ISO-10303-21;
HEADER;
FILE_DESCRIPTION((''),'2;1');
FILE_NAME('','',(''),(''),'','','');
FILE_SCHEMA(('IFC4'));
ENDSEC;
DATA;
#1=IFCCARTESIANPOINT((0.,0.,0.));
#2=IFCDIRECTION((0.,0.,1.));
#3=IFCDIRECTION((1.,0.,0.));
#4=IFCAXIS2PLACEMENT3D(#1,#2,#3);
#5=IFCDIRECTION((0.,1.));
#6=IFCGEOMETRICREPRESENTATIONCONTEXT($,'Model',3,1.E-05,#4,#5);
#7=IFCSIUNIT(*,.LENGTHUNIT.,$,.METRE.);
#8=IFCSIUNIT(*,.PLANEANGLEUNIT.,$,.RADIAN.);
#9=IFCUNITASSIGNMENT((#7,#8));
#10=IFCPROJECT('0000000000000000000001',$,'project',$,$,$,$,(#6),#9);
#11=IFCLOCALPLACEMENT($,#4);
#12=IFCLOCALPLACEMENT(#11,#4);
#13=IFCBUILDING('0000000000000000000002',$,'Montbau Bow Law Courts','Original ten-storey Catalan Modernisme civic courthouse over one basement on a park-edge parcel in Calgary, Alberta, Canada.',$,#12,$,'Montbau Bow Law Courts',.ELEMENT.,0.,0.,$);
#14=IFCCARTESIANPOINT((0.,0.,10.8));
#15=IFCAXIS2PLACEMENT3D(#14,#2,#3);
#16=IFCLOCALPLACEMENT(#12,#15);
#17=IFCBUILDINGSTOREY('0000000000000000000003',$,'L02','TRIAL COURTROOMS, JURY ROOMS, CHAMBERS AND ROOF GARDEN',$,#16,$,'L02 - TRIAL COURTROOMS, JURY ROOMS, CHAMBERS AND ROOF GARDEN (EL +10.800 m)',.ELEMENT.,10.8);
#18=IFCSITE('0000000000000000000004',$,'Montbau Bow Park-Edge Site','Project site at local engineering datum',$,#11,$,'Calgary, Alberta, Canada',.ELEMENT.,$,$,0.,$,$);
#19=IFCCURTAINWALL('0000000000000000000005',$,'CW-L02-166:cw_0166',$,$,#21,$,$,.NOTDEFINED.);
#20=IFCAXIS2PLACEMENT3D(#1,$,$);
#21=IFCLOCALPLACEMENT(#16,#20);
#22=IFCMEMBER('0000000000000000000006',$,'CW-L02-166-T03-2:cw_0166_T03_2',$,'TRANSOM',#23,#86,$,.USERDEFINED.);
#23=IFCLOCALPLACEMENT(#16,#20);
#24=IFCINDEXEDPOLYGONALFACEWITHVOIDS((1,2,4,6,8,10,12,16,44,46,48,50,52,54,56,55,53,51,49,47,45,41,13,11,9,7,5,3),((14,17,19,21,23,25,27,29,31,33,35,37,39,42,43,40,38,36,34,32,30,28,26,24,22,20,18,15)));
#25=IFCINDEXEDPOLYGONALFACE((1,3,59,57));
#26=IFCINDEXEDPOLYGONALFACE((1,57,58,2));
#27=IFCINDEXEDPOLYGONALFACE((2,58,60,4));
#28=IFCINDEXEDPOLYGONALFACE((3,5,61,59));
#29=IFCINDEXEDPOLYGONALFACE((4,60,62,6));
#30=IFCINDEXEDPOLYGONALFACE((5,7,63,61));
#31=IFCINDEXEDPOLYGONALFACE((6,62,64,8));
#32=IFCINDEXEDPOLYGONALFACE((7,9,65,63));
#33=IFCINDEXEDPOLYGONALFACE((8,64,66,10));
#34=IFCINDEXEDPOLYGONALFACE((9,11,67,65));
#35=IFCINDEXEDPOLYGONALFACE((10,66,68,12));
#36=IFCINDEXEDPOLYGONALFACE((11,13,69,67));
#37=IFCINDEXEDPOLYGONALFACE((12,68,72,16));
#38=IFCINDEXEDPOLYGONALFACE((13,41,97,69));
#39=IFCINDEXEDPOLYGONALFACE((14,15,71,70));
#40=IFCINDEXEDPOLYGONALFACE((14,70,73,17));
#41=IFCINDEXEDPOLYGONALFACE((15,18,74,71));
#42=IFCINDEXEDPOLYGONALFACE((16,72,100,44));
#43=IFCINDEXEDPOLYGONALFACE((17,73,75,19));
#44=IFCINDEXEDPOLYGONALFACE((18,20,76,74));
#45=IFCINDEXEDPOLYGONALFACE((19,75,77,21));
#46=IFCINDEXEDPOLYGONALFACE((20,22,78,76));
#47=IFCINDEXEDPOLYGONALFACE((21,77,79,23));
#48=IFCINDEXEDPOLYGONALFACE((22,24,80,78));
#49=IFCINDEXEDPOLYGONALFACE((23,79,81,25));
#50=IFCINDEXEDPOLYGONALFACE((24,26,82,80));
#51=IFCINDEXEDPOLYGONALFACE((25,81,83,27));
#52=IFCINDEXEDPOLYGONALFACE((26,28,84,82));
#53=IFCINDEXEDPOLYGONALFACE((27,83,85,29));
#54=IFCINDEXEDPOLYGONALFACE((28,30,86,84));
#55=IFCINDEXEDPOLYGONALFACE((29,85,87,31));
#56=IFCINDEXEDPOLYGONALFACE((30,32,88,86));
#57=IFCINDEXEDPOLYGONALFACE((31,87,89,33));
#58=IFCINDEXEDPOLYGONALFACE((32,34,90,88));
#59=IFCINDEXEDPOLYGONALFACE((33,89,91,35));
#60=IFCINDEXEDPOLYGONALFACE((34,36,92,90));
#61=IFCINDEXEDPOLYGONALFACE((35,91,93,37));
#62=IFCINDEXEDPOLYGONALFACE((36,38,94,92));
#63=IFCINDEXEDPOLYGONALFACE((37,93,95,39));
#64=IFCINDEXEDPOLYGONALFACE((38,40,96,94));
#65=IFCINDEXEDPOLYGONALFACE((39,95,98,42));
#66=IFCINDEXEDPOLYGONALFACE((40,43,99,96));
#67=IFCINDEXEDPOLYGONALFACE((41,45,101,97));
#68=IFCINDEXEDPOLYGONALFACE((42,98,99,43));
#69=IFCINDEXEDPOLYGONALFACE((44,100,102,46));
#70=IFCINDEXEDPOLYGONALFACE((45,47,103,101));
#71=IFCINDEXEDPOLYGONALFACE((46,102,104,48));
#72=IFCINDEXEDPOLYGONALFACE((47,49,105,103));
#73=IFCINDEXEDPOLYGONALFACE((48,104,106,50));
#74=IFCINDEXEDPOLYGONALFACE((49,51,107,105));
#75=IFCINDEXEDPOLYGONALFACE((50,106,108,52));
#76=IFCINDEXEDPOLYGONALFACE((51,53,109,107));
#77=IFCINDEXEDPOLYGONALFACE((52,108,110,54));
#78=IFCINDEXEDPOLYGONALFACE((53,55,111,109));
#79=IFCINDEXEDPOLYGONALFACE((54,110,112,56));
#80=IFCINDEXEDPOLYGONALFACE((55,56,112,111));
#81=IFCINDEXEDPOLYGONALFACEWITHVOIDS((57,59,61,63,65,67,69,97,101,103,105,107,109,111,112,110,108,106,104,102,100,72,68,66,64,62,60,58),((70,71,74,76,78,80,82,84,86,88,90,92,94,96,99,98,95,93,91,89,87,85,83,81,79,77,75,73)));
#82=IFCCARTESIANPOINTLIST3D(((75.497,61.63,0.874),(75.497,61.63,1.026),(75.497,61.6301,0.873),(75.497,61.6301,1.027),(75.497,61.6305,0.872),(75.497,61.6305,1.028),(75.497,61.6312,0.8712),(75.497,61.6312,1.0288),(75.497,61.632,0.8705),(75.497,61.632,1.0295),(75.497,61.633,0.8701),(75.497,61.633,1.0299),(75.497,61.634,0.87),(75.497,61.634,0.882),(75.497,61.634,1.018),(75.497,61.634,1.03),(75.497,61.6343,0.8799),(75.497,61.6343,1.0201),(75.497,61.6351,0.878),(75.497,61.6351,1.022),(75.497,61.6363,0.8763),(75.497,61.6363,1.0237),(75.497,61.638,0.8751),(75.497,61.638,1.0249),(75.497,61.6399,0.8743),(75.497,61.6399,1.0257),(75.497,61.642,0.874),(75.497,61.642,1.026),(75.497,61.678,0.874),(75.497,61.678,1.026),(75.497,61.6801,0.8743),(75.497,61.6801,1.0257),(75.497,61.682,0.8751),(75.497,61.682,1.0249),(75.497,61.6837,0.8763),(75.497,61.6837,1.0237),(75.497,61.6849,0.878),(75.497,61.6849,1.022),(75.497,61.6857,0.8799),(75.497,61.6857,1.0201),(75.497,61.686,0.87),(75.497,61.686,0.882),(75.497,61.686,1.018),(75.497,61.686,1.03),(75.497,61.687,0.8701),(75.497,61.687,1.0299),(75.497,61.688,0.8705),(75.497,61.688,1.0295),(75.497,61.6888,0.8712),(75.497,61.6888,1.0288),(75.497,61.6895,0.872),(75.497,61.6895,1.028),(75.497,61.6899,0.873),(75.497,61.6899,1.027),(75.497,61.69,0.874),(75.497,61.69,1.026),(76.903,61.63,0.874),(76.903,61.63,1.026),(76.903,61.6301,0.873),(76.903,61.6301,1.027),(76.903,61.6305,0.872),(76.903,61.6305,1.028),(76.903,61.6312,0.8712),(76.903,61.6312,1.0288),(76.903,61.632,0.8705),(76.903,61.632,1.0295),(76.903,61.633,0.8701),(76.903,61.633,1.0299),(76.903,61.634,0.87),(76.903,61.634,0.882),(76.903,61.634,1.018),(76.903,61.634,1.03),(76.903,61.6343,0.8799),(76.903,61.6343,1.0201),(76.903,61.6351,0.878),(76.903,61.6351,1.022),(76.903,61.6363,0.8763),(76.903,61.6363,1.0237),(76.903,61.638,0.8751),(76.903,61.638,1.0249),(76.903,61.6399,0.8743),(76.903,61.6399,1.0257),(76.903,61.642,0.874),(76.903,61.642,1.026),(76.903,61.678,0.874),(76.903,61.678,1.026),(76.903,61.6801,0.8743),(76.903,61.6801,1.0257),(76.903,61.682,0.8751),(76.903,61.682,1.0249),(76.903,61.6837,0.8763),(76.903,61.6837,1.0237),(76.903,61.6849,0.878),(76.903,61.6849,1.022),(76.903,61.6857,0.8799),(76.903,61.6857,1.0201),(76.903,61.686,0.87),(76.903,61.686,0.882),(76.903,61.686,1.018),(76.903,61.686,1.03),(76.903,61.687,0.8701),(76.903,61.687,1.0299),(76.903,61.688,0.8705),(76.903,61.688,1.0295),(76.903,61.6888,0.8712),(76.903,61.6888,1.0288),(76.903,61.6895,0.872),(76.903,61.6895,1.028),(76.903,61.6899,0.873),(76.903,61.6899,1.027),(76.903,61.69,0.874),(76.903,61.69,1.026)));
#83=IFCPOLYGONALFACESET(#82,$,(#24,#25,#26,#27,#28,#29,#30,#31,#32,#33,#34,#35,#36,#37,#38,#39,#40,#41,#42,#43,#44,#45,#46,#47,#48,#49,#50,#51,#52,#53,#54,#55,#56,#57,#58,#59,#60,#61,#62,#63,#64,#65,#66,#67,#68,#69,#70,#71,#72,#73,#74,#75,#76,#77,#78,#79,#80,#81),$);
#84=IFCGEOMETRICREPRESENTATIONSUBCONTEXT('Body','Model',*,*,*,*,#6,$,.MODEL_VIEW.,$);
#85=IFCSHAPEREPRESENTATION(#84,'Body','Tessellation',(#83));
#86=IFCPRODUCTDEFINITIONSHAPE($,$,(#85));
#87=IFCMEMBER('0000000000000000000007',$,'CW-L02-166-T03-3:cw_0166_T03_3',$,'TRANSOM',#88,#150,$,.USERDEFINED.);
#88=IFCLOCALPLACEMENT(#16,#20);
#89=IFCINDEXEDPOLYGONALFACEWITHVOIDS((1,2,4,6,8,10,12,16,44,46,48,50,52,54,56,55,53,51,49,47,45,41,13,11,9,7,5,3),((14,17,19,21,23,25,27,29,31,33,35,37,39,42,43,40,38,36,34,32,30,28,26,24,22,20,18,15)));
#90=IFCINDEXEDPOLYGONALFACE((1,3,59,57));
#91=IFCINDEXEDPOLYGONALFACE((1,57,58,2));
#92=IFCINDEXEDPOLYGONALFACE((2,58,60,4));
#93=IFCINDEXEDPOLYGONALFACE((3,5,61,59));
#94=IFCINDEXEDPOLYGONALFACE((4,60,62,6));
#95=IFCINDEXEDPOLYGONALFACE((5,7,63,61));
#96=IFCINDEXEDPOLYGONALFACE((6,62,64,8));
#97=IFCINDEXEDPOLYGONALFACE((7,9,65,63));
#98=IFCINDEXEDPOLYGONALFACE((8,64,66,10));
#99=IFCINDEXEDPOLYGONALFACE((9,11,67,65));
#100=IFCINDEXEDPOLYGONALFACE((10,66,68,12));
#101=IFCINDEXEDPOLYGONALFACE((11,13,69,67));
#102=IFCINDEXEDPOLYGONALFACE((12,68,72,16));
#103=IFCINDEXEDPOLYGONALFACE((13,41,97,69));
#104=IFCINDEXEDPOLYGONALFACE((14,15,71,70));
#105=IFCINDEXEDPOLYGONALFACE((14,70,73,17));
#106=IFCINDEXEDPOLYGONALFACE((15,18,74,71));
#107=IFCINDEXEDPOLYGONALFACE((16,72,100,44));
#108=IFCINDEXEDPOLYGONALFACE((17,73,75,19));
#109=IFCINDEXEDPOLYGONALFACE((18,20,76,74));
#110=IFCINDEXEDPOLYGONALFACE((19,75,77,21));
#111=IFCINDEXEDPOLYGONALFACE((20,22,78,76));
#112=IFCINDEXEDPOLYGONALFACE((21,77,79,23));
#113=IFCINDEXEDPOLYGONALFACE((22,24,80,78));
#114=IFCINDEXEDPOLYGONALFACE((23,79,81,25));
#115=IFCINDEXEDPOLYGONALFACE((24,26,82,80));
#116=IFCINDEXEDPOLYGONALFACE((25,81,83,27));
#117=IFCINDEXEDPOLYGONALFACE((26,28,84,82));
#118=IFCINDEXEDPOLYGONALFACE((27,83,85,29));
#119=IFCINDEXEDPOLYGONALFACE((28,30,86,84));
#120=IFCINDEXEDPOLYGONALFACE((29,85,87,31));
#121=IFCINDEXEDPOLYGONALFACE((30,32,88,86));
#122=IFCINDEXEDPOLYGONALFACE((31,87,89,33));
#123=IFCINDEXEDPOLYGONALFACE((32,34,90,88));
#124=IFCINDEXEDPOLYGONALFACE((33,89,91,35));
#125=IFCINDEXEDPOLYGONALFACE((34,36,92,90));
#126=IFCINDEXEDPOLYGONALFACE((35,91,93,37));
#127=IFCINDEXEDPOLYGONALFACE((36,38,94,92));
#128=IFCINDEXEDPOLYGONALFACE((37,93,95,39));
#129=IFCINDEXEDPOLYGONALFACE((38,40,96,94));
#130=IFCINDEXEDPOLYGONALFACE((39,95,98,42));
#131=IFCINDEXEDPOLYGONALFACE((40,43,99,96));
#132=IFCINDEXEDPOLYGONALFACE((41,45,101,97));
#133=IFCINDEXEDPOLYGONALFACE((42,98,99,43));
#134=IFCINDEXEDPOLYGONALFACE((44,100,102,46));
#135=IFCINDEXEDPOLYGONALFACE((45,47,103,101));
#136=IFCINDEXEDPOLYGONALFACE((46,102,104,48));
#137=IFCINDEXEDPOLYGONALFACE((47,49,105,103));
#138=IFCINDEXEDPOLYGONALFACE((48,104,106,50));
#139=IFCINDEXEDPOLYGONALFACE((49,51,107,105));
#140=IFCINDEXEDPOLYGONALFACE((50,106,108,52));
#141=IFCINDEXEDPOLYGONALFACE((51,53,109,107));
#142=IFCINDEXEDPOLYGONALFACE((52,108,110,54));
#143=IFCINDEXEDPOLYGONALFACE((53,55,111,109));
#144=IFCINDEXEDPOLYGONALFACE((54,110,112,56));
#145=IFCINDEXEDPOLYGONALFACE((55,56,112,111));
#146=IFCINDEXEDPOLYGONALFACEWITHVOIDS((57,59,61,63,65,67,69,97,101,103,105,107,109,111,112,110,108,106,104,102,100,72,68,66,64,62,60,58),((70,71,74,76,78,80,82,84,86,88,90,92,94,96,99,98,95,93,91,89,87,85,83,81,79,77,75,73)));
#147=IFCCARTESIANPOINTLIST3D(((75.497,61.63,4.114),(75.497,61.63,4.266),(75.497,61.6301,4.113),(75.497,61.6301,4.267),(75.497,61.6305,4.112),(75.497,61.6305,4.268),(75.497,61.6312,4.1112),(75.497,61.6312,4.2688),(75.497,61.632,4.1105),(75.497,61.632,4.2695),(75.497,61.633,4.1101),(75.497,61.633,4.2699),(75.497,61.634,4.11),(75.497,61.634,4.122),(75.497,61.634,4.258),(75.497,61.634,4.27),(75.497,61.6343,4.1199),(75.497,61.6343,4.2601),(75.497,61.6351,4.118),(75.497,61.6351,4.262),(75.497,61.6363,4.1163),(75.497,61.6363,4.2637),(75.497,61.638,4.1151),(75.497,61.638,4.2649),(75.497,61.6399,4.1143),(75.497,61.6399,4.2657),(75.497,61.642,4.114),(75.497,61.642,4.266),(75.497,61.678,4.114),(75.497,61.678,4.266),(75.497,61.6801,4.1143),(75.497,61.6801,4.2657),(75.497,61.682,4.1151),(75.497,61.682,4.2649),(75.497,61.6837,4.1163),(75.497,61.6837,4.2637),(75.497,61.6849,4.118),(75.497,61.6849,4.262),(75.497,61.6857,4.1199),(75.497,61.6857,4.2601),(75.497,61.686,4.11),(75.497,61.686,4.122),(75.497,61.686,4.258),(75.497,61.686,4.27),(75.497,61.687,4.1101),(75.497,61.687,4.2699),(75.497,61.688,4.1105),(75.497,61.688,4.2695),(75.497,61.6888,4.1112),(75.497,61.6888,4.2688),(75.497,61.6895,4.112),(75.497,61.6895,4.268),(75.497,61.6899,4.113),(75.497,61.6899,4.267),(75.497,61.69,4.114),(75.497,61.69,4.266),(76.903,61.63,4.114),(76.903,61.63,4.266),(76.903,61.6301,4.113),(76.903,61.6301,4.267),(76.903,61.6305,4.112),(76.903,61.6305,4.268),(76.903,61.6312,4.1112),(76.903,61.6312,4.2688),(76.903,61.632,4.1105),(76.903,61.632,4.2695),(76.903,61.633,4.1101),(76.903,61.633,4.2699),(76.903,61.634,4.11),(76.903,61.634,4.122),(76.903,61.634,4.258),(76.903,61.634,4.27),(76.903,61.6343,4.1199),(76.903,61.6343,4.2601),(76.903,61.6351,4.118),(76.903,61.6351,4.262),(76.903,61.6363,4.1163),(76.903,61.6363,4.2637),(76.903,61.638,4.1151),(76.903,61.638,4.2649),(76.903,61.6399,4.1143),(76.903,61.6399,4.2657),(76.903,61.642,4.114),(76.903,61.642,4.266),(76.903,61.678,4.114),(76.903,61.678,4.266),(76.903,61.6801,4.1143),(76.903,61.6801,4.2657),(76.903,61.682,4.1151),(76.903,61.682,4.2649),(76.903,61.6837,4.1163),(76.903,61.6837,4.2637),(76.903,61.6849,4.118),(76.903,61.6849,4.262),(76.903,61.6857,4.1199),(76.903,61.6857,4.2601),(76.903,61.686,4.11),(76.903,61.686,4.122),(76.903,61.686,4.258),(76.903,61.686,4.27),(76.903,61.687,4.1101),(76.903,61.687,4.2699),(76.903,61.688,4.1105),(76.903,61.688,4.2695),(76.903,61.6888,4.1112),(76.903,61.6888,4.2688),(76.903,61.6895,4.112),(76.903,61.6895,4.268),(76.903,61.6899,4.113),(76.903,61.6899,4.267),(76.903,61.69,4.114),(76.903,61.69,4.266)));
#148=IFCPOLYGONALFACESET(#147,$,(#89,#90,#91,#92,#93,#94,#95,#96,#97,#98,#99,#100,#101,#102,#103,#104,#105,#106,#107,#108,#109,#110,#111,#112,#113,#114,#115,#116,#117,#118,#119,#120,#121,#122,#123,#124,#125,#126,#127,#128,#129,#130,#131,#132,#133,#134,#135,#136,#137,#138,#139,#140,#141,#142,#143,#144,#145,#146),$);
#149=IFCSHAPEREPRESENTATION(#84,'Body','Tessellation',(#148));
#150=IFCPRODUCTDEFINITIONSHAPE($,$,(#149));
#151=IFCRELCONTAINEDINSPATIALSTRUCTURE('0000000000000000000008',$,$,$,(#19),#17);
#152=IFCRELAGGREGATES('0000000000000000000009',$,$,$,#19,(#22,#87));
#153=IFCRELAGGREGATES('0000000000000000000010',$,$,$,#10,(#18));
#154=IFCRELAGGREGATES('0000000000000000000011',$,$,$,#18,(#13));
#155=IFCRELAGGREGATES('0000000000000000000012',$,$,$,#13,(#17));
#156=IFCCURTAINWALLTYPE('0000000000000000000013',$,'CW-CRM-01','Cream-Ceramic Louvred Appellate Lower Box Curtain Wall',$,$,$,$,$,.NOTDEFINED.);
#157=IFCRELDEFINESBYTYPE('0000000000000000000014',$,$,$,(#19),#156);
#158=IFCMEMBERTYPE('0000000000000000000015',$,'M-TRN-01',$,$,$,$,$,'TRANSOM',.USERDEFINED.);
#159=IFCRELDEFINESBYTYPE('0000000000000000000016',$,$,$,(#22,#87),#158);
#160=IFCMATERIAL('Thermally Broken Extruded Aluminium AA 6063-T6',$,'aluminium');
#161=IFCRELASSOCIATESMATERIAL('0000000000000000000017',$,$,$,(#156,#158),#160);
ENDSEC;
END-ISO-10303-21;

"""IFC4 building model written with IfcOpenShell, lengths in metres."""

from ifc_helpers import new_model, si_unit, direction, frame, origin_with_axes, origin_2d_with_axis, place, context, subcontext, project, spatial, hollow_rectangle, extrude, material, material_profile, profile_set, type_object, element, aggregate, save


model = new_model("IFC4")

# Units and contexts
model_context = context("Model", 3, precision=1e-05, world=origin_with_axes(), true_north=direction((0.0, 1.0)))
body_context = subcontext(model_context, "Body", "Model", "MODEL_VIEW")
ifc_project = project(units=[si_unit("LENGTHUNIT", "METRE"), si_unit("PLANEANGLEUNIT", "RADIAN")], contexts=[model_context])

# Site, building, storey
site_placement = place(None, origin_with_axes())
site = spatial("IfcSite", under=ifc_project, at=site_placement, Name="Montbau Bow Park-Edge Site", Description="Project site at local engineering datum", LongName="Calgary, Alberta, Canada", CompositionType="ELEMENT", RefElevation=0.0)
building_placement = place(site_placement, origin_with_axes())
building = spatial("IfcBuilding", under=site, at=building_placement, Name="Montbau Bow Law Courts", Description="Original ten-storey Catalan Modernisme civic courthouse over one basement on a park-edge parcel in Calgary, Alberta, Canada.", LongName="Montbau Bow Law Courts", CompositionType="ELEMENT", ElevationOfRefHeight=0.0, ElevationOfTerrain=0.0)
storey_placement = place(building_placement, frame((0.0, 0.0, 10.8), z_axis=(0.0, 0.0, 1.0), x_axis=(1.0, 0.0, 0.0)))
storey = spatial("IfcBuildingStorey", under=building, at=storey_placement, Name="L02", Description="TRIAL COURTROOMS, JURY ROOMS, CHAMBERS AND ROOF GARDEN", LongName="L02 - TRIAL COURTROOMS, JURY ROOMS, CHAMBERS AND ROOF GARDEN (EL +10.800 m)", CompositionType="ELEMENT", Elevation=10.8)

# Curtain wall, members
ifc_material_1 = material(Name="Thermally Broken Extruded Aluminium AA 6063-T6", Category="aluminium")
curtain_wall_type = type_object("IfcCurtainWallType", Name="CW-CRM-01", Description="Cream-Ceramic Louvred Appellate Lower Box Curtain Wall", PredefinedType="NOTDEFINED", material=ifc_material_1)
curtain_wall_placement = place(None, frame((72.515, 61.66, 10.8), z_axis=(0.0, 0.0, 1.0), x_axis=(1.0, 0.0, 0.0)))
curtain_wall = element("IfcCurtainWall", 1, at=curtain_wall_placement, inside=storey, type_object=curtain_wall_type, Name="CW-L02-166:cw_0166", PredefinedType="NOTDEFINED")
ifc_material_profile_1 = material_profile(ifc_material_1, hollow_rectangle(XDim=0.06, YDim=0.16, WallThickness=0.004, InnerFilletRadius=0.008, OuterFilletRadius=0.004, at=origin_2d_with_axis()), Name="CWT-160X60", Category="Main", Priority=0)
ifc_profile_set_1 = profile_set([ifc_material_profile_1], Name="Thermally Broken Extruded Aluminium AA 6063-T6")
member_type_1 = type_object("IfcMemberType", Name="M-TRN-01", ElementType="TRANSOM", PredefinedType="USERDEFINED", material=ifc_profile_set_1)
member_1_placement = place(None, frame((75.497, 61.66, 11.75), z_axis=(1.0, 0.0, 0.0), x_axis=(0.0, 1.0, 0.0)))
member_1 = element("IfcMember", 2, at=member_1_placement, type_object=member_type_1, Name="CW-L02-166-T03-2:cw_0166_T03_2", ObjectType="TRANSOM", PredefinedType="USERDEFINED", context=body_context, shape_type="SweptSolid", body=[
    extrude(hollow_rectangle(XDim=0.06, YDim=0.16, WallThickness=0.004, InnerFilletRadius=0.008, OuterFilletRadius=0.004, at=origin_2d_with_axis()), origin_with_axes(), (0.0, 0.0, 1.0), 1.406),
])
member_2_placement = place(None, frame((75.497, 61.66, 14.99), z_axis=(1.0, 0.0, 0.0), x_axis=(0.0, 1.0, 0.0)))
member_2 = element("IfcMember", 3, at=member_2_placement, type_object=member_type_1, Name="CW-L02-166-T03-3:cw_0166_T03_3", ObjectType="TRANSOM", PredefinedType="USERDEFINED", context=body_context, shape_type="SweptSolid", body=[
    extrude(hollow_rectangle(XDim=0.06, YDim=0.16, WallThickness=0.004, InnerFilletRadius=0.008, OuterFilletRadius=0.004, at=origin_2d_with_axis()), origin_with_axes(), (0.0, 0.0, 1.0), 1.406),
])
aggregate(curtain_wall, [member_1, member_2])

save(model, "model.ifc")
